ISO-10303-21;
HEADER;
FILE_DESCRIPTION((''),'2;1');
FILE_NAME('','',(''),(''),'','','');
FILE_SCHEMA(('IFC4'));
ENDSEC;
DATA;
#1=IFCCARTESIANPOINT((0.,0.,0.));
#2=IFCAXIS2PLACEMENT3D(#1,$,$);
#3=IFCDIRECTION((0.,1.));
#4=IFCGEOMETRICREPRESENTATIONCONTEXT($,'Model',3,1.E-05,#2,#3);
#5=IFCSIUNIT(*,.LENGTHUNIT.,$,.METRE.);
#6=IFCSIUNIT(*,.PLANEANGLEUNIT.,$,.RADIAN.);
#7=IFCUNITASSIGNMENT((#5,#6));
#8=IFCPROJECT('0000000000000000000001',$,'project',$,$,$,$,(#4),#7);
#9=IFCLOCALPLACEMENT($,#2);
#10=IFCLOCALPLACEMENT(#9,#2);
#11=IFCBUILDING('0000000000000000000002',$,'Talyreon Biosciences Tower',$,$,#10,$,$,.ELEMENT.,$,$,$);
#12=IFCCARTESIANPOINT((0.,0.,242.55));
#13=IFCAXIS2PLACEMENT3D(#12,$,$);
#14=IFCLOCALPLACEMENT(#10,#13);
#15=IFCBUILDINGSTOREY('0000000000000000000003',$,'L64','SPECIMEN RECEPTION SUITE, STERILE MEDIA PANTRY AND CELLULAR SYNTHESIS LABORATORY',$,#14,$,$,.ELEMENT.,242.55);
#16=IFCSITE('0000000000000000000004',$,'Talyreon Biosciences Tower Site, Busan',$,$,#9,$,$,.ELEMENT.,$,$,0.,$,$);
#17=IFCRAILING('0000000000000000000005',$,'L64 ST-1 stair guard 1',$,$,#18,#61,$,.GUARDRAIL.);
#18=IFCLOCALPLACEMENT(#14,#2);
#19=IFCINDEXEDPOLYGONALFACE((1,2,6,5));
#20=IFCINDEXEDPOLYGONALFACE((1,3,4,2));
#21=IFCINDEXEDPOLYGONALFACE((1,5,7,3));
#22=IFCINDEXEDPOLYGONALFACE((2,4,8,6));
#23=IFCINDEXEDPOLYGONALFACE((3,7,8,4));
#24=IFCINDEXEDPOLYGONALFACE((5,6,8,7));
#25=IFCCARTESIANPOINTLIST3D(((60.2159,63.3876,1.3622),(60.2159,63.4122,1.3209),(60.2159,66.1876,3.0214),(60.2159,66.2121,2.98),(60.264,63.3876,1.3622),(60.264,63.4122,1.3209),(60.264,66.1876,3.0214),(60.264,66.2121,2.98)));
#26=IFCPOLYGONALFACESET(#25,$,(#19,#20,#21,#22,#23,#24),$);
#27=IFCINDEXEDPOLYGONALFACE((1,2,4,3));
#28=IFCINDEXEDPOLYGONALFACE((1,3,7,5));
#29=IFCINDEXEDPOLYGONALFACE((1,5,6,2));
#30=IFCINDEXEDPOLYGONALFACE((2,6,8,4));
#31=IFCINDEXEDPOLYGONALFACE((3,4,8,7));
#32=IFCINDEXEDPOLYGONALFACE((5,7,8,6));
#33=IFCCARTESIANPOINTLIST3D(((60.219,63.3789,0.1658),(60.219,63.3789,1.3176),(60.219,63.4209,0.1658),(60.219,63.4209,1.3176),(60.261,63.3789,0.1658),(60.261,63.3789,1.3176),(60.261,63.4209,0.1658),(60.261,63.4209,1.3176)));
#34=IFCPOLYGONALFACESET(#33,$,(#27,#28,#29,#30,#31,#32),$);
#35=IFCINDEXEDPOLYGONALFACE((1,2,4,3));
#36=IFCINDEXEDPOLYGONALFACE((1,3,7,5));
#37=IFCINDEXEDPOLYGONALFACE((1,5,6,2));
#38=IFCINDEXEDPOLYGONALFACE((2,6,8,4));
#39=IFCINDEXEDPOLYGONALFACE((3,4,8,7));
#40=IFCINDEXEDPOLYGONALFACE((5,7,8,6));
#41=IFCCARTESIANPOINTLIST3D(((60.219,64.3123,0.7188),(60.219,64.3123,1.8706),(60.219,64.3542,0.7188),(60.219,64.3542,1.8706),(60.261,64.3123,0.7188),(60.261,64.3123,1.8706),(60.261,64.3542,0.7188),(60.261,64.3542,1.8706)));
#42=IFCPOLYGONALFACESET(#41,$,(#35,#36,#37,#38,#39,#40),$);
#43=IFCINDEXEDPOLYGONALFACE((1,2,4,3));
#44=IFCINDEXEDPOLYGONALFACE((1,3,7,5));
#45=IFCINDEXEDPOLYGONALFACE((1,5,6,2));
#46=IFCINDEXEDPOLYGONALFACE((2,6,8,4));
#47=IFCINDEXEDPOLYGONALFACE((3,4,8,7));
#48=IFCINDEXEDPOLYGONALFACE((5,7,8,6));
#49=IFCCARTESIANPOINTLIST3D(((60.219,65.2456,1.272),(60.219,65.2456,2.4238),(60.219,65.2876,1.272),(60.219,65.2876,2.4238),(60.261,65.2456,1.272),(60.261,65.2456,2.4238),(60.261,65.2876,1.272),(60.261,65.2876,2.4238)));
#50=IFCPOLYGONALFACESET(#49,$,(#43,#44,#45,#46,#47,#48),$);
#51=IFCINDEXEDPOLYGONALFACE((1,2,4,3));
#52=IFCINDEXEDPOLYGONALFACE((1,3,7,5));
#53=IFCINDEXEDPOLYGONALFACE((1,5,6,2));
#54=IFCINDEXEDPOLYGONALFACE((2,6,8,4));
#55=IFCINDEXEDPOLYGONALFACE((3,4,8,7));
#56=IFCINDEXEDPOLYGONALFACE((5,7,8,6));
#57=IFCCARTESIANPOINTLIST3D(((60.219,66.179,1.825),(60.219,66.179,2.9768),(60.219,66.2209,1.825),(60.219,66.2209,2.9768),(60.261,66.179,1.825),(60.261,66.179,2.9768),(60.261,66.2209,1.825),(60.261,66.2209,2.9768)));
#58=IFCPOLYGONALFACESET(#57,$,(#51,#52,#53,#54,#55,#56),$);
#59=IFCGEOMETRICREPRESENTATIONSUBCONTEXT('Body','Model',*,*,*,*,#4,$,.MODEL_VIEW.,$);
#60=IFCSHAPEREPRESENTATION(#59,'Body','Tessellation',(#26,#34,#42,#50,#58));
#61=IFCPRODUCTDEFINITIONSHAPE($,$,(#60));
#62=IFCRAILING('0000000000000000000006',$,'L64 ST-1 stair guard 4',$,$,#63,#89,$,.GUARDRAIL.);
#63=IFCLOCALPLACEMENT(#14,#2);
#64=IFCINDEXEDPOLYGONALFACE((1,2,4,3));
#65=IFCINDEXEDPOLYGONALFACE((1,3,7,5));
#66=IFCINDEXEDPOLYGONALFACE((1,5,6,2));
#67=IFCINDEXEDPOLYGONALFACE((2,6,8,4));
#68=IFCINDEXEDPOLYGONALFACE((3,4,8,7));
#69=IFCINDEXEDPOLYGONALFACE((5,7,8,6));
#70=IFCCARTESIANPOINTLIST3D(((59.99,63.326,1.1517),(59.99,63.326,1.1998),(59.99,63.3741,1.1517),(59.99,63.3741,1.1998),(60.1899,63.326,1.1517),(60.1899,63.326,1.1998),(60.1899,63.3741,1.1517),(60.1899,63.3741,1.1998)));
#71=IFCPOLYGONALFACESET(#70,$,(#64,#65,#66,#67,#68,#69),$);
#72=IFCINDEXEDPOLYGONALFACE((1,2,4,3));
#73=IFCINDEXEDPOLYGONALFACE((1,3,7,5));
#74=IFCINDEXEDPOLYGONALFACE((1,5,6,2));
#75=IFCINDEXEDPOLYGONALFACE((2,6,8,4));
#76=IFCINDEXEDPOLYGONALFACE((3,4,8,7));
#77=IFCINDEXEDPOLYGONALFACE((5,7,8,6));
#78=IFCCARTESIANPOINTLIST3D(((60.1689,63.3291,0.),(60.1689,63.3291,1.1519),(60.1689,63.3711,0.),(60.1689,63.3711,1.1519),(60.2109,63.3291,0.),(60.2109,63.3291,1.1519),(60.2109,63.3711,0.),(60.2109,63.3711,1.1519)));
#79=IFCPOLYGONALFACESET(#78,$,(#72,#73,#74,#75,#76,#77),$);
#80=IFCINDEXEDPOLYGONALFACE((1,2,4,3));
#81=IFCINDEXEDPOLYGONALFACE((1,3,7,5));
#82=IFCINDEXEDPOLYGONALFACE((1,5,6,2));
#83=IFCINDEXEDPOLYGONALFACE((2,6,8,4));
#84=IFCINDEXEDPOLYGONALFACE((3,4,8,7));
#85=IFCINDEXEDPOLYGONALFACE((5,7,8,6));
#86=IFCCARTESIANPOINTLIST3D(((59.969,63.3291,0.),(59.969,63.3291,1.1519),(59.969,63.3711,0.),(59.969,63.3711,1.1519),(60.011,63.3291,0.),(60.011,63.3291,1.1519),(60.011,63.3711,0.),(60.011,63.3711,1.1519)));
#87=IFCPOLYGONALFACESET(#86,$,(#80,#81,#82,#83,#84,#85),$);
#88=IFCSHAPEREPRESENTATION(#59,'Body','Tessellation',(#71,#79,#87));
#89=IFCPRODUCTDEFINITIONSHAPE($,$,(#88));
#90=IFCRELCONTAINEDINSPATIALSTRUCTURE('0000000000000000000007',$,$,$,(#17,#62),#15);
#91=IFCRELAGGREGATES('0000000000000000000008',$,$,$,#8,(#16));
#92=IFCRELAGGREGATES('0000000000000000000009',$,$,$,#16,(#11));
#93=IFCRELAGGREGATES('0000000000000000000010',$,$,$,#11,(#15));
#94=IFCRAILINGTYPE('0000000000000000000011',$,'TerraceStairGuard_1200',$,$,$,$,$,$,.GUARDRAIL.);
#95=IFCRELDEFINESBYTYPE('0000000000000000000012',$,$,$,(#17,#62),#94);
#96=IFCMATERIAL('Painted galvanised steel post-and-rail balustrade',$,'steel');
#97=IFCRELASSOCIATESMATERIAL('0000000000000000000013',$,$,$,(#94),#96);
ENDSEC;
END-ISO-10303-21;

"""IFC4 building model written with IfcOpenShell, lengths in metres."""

from ifc_helpers import new_model, si_unit, direction, frame, origin, origin_2d, place, context, subcontext, project, spatial, rectangle, extrude, material, type_object, element, save


model = new_model("IFC4")

# Units and contexts
model_context = context("Model", 3, precision=1e-05, world=origin(), true_north=direction((0.0, 1.0)))
body_context = subcontext(model_context, "Body", "Model", "MODEL_VIEW")
ifc_project = project(units=[si_unit("LENGTHUNIT", "METRE"), si_unit("PLANEANGLEUNIT", "RADIAN")], contexts=[model_context])

# Site, building, storey
site_placement = place(None, origin())
site = spatial("IfcSite", under=ifc_project, at=site_placement, Name="Talyreon Biosciences Tower Site, Busan", CompositionType="ELEMENT", RefElevation=0.0)
building_placement = place(site_placement, origin())
building = spatial("IfcBuilding", under=site, at=building_placement, Name="Talyreon Biosciences Tower", CompositionType="ELEMENT")
storey_placement = place(building_placement, frame((0.0, 0.0, 242.55)))
storey = spatial("IfcBuildingStorey", under=building, at=storey_placement, Name="L64", Description="SPECIMEN RECEPTION SUITE, STERILE MEDIA PANTRY AND CELLULAR SYNTHESIS LABORATORY", CompositionType="ELEMENT", Elevation=242.55)

# Railings
ifc_material_1 = material(Name="Painted galvanised steel post-and-rail balustrade", Category="steel")
railing_type_1 = type_object("IfcRailingType", Name="TerraceStairGuard_1200", PredefinedType="GUARDRAIL", material=ifc_material_1)
railing_1_placement = place(storey_placement, frame((60.24, 63.3999, 0.1658)))
element("IfcRailing", 1, at=railing_1_placement, inside=storey, type_object=railing_type_1, Name="L64 ST-1 stair guard 1", PredefinedType="GUARDRAIL", context=body_context, shape_type="SweptSolid", body=[
    extrude(rectangle(XDim=0.0481, YDim=0.0481, at=origin_2d()), frame((0.0, 0.0, 1.1758), z_axis=(0.0, 0.860306, 0.509778), x_axis=(-1.0, 0.0, 0.0)), (0.0, 0.0, 1.0), 3.2546),
    extrude(rectangle(XDim=0.042, YDim=0.042, at=origin_2d()), origin(), (0.0, 0.0, 1.0), 1.1519),
    extrude(rectangle(XDim=0.042, YDim=0.042, at=origin_2d()), frame((0.0, 0.9333, 0.553)), (0.0, 0.0, 1.0), 1.1519),
    extrude(rectangle(XDim=0.042, YDim=0.042, at=origin_2d()), frame((0.0, 1.8667, 1.1062)), (0.0, 0.0, 1.0), 1.1519),
    extrude(rectangle(XDim=0.042, YDim=0.042, at=origin_2d()), frame((0.0, 2.8, 1.6592)), (0.0, 0.0, 1.0), 1.1519),
])
railing_2_placement = place(storey_placement, frame((60.1899, 63.3501, 0.0)))
element("IfcRailing", 2, at=railing_2_placement, inside=storey, type_object=railing_type_1, Name="L64 ST-1 stair guard 4", PredefinedType="GUARDRAIL", context=body_context, shape_type="SweptSolid", body=[
    extrude(rectangle(XDim=0.0481, YDim=0.0481, at=origin_2d()), frame((0.0, 0.0, 1.1758), z_axis=(-1.0, 0.0, 0.0), x_axis=(0.0, -1.0, 0.0)), (0.0, 0.0, 1.0), 0.2),
    extrude(rectangle(XDim=0.042, YDim=0.042, at=origin_2d()), origin(), (0.0, 0.0, 1.0), 1.1519),
    extrude(rectangle(XDim=0.042, YDim=0.042, at=origin_2d()), frame((-0.2, 0.0, 0.0)), (0.0, 0.0, 1.0), 1.1519),
])

save(model, "model.ifc")
